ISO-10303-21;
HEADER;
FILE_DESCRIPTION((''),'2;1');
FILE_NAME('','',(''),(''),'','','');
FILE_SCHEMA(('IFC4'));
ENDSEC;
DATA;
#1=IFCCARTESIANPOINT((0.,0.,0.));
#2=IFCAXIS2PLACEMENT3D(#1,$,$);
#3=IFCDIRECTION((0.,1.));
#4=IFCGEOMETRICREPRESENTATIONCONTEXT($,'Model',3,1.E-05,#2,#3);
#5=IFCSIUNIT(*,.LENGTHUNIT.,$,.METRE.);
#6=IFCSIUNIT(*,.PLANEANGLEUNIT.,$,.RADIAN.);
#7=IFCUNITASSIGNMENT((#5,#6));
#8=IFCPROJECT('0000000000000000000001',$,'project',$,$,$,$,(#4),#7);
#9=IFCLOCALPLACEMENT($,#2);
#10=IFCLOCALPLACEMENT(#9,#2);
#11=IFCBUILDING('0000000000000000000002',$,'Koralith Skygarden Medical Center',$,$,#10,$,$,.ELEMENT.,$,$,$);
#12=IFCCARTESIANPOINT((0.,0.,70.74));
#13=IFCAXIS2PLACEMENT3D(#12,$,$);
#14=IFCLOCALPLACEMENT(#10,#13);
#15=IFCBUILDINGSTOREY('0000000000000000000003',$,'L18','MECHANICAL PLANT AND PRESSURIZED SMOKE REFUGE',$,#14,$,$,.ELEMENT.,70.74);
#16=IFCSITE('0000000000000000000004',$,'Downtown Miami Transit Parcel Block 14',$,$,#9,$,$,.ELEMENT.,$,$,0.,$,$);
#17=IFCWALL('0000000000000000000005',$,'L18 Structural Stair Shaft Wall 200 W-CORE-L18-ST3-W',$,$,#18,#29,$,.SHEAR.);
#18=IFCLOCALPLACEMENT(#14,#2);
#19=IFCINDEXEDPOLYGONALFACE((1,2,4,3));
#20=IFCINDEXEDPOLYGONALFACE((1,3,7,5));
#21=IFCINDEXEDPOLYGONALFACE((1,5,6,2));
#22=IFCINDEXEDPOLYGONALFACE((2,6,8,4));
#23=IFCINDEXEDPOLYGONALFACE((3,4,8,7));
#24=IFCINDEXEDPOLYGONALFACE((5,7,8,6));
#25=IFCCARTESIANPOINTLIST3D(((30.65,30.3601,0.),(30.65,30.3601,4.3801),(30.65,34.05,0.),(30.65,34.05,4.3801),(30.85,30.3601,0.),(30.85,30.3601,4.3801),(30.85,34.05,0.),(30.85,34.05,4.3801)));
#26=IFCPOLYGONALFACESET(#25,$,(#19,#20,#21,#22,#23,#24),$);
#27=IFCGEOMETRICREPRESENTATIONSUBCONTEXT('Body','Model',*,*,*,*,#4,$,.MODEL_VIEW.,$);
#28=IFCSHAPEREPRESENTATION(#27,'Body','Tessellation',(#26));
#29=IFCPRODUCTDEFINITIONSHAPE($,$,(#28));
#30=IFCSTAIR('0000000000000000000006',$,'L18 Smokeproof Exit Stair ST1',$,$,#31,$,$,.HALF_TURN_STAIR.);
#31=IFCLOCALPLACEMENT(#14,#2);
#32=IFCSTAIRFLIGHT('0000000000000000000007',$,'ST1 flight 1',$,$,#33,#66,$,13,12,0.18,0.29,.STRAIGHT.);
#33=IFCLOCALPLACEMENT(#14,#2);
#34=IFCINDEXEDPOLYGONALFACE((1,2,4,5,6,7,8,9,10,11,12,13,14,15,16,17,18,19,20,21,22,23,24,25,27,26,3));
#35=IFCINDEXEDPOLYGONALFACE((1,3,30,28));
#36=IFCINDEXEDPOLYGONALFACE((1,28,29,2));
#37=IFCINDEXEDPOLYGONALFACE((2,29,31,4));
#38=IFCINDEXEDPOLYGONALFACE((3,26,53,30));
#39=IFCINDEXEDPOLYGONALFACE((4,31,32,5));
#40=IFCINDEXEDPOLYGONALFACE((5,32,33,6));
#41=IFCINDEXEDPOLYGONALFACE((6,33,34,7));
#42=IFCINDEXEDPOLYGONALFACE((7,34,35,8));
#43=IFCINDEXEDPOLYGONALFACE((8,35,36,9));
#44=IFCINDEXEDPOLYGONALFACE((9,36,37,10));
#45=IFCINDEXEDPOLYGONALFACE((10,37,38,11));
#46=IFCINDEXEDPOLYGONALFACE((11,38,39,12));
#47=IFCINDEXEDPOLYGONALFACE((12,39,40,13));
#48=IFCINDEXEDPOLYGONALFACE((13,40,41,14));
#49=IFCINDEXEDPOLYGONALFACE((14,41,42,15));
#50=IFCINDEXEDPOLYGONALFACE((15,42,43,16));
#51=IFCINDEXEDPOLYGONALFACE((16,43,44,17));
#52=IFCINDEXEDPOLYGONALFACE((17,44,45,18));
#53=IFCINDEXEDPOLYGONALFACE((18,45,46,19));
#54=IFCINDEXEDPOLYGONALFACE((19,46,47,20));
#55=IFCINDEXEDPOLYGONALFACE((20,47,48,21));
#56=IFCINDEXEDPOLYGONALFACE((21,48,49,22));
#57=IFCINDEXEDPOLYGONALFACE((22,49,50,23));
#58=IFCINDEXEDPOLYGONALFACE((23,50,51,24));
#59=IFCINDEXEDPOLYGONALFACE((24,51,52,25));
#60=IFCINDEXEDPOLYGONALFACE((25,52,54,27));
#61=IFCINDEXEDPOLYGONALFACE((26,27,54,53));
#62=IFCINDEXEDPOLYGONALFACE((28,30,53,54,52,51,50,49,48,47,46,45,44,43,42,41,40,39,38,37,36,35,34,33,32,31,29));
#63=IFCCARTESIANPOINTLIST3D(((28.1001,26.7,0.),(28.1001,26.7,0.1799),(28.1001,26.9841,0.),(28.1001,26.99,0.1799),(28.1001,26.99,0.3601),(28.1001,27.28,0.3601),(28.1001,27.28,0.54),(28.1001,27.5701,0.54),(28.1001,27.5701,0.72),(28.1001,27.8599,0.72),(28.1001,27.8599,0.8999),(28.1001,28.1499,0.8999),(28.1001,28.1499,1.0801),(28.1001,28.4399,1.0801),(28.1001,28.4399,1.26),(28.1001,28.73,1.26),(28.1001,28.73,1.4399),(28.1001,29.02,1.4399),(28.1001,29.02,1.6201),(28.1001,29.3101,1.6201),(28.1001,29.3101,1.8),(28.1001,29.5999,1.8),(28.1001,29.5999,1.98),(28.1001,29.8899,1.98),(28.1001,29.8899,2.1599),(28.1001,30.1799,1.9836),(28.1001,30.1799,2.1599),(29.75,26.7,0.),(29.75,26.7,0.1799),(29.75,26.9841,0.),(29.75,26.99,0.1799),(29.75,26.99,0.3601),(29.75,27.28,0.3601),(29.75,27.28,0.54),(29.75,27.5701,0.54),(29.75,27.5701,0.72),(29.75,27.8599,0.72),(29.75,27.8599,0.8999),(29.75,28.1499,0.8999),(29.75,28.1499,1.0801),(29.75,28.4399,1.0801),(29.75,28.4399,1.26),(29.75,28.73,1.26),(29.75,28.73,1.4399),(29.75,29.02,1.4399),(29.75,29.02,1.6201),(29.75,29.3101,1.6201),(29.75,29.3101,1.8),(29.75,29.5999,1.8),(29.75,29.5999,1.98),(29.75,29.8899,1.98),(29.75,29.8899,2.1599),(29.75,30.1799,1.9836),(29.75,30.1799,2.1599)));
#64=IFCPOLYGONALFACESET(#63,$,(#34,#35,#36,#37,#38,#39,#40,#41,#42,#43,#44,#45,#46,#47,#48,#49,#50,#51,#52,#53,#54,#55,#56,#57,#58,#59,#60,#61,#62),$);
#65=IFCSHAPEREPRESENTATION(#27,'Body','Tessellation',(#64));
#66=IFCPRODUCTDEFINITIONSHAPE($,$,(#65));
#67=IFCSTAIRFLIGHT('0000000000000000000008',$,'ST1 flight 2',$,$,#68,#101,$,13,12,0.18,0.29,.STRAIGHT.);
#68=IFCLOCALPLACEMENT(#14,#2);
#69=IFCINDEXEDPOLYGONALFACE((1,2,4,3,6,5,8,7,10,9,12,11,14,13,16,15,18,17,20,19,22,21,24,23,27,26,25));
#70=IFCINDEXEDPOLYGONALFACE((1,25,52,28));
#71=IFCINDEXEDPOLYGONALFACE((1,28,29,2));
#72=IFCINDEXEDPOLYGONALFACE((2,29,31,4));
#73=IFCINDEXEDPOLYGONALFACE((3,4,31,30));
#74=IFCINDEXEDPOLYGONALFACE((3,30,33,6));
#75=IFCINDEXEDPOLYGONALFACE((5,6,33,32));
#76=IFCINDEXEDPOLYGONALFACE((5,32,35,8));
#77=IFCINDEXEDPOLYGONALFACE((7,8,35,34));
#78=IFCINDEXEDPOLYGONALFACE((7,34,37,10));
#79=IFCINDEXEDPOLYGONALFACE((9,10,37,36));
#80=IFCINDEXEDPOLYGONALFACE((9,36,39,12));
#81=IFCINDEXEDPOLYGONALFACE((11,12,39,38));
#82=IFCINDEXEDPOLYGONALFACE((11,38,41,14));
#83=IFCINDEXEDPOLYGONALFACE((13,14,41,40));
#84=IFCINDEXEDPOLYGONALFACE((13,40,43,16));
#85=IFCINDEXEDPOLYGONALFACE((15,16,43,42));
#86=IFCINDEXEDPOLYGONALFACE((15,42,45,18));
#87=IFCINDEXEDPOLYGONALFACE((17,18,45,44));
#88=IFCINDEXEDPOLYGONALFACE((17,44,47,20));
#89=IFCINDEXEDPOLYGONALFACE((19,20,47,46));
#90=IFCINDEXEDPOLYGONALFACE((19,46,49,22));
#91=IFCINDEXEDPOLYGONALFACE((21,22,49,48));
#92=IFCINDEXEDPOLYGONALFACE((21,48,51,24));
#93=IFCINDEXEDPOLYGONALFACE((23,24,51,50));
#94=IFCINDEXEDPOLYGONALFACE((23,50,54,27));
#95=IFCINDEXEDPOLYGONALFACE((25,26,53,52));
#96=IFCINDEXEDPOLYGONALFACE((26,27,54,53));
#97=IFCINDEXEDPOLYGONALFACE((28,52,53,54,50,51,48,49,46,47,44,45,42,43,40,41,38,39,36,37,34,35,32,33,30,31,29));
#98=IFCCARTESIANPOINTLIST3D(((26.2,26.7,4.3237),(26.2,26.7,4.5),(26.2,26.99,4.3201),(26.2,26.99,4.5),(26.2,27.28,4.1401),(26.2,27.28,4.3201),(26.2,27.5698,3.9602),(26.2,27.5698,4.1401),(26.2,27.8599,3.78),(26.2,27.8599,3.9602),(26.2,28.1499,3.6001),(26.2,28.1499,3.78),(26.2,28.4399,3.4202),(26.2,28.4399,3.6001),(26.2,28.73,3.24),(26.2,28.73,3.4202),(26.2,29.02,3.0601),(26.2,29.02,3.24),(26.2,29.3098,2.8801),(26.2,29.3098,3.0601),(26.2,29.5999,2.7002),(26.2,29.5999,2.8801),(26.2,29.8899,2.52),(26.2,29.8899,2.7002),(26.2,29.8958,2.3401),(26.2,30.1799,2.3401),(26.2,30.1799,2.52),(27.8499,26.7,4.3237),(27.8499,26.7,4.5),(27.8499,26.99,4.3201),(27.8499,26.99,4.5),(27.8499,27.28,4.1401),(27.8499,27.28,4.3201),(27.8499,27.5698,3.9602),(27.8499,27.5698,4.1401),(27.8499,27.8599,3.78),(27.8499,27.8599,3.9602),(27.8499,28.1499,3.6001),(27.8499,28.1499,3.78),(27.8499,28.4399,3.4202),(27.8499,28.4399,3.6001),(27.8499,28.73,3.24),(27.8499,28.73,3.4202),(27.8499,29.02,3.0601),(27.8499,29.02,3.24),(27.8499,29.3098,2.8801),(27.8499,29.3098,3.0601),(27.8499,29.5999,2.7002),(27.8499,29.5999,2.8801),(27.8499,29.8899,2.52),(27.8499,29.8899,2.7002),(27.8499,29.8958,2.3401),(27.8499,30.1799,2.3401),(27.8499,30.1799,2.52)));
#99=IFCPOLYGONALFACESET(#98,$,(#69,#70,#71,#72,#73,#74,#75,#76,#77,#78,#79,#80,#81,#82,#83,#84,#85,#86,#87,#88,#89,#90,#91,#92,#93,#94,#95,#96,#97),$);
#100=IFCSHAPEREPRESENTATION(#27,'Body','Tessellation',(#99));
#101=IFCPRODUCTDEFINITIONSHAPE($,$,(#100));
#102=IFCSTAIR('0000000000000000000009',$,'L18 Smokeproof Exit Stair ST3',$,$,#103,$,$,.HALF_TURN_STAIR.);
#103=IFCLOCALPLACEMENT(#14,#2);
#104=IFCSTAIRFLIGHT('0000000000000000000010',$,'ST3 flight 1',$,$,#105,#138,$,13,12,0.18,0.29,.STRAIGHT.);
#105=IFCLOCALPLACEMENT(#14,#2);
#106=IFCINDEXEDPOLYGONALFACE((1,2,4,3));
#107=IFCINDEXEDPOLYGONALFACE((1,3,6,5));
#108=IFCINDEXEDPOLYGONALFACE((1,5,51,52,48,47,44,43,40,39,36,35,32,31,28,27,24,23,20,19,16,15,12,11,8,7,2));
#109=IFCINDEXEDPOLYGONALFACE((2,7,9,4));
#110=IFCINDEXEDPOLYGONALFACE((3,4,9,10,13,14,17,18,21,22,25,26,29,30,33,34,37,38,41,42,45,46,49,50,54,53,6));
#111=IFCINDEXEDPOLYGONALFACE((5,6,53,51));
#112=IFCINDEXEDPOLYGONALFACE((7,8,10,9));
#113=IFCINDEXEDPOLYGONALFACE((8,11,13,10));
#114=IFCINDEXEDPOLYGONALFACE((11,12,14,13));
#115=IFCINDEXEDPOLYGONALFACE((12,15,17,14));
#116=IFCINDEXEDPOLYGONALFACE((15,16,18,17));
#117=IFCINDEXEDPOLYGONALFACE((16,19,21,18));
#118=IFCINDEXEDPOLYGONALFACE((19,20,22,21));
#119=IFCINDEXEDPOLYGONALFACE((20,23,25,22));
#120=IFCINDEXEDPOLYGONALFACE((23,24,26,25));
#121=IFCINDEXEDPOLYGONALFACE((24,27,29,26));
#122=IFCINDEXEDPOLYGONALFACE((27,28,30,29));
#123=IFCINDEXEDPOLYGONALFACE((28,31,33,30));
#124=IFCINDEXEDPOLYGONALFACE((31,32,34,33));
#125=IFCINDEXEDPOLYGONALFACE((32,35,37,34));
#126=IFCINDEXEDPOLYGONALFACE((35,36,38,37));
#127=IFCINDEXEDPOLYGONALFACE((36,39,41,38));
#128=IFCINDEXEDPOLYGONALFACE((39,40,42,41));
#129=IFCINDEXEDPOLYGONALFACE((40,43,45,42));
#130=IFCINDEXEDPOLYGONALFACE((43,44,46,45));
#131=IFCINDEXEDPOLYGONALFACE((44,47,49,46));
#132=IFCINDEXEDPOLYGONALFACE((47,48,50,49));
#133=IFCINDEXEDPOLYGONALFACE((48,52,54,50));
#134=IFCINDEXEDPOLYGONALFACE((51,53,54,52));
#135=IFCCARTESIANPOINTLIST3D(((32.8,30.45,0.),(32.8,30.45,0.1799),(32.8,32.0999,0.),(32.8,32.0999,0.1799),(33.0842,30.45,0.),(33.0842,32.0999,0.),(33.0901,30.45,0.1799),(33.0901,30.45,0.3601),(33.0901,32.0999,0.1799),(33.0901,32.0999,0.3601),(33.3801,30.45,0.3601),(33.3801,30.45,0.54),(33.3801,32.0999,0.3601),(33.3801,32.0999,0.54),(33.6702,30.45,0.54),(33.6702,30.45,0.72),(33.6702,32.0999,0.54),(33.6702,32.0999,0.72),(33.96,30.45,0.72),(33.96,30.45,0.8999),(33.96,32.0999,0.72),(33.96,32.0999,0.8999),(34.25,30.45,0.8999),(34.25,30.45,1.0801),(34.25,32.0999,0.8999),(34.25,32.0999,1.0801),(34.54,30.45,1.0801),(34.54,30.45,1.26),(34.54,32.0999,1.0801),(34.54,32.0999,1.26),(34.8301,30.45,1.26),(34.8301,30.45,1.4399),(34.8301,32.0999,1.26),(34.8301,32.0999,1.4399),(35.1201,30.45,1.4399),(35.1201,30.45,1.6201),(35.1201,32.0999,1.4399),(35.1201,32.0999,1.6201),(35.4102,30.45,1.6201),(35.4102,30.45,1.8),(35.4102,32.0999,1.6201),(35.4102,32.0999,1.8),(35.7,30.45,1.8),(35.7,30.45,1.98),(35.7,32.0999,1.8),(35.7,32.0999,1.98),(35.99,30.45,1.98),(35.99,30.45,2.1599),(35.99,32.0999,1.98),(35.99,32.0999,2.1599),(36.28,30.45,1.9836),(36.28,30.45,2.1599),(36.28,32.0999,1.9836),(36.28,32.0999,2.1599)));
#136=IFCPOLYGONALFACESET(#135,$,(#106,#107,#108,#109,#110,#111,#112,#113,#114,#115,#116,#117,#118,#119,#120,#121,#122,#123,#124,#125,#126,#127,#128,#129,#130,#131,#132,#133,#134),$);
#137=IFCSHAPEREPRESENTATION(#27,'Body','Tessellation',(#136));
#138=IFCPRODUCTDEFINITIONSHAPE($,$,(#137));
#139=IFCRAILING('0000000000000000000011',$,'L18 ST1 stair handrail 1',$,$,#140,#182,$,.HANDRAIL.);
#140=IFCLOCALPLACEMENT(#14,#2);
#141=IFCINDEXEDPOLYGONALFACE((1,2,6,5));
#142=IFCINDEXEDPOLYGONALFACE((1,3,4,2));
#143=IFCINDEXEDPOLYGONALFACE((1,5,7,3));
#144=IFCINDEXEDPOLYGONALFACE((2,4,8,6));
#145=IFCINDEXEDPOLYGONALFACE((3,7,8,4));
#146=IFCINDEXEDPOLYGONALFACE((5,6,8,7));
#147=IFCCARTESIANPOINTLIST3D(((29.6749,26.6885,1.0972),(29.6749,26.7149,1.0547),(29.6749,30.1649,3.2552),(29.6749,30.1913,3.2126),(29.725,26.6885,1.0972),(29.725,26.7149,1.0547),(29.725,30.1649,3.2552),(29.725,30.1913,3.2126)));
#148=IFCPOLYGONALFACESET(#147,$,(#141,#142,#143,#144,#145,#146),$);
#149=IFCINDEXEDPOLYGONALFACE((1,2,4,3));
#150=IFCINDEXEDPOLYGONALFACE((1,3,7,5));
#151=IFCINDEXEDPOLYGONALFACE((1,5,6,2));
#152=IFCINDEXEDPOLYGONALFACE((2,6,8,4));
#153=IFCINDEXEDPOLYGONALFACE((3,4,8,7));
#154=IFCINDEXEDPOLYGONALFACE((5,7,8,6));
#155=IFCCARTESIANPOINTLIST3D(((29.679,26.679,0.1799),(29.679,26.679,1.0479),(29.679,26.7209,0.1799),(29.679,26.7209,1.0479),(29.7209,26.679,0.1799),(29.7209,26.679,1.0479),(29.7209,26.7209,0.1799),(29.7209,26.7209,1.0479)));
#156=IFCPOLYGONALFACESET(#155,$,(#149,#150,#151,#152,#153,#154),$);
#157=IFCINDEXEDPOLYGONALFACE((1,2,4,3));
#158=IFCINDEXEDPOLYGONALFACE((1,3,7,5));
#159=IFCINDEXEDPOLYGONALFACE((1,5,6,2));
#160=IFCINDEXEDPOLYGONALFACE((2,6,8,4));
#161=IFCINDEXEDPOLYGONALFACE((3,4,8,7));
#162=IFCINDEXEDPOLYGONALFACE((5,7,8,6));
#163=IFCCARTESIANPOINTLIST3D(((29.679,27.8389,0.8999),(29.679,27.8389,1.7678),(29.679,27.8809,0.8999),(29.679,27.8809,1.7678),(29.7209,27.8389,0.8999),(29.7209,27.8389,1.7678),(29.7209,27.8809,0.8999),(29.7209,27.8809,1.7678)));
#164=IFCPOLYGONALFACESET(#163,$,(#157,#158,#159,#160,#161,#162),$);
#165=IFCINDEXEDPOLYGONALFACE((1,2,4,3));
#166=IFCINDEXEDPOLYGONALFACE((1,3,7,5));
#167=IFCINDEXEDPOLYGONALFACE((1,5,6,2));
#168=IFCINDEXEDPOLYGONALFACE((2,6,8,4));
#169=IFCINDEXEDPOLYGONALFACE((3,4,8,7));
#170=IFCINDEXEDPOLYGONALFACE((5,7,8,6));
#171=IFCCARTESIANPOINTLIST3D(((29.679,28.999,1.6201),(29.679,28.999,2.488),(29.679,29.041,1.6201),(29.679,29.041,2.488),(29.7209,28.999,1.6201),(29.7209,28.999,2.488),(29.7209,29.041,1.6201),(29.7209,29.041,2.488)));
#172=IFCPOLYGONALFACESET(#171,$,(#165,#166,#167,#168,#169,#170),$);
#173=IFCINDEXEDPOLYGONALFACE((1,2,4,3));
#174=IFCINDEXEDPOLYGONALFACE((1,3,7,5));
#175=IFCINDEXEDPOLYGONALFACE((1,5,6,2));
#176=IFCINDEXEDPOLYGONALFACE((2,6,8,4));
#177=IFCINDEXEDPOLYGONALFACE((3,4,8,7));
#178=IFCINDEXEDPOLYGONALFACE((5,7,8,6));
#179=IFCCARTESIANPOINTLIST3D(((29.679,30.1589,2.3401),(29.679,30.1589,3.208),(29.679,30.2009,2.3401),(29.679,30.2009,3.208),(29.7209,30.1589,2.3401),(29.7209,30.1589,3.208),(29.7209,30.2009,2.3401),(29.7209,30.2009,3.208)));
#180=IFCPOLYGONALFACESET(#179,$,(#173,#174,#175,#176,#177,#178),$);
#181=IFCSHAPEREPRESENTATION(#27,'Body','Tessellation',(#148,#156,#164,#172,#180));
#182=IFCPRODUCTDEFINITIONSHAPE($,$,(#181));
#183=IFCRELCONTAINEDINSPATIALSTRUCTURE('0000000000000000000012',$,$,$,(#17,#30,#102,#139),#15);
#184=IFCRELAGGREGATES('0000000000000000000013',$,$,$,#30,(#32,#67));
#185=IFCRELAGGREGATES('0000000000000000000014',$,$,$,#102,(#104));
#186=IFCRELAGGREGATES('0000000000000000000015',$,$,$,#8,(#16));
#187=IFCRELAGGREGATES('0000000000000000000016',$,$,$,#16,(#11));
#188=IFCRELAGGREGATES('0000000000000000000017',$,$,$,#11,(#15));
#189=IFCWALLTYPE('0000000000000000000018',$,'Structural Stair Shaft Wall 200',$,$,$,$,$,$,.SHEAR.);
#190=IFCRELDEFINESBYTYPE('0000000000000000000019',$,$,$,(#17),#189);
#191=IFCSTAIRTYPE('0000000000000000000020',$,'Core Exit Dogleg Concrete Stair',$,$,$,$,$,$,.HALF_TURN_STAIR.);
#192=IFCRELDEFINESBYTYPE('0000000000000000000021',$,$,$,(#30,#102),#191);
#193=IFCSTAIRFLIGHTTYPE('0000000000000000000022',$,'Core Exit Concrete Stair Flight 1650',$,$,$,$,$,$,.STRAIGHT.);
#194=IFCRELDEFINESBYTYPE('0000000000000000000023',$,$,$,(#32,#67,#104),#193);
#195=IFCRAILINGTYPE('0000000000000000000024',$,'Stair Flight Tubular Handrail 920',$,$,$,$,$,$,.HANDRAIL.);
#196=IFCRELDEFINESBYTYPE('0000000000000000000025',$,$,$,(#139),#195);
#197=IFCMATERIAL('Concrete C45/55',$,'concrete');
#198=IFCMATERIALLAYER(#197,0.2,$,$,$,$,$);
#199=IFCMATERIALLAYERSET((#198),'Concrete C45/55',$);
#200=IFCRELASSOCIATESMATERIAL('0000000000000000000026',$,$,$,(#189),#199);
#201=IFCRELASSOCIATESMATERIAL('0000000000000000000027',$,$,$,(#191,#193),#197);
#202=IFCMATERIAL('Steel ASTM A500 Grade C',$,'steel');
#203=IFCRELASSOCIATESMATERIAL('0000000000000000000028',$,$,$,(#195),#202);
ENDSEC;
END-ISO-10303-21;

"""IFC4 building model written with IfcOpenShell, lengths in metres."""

from ifc_helpers import new_model, si_unit, direction, frame, frame_2d, origin, origin_2d, place, context, subcontext, project, spatial, polyline, rectangle, outline, extrude, material, layer, layer_set, type_object, element, aggregate, save


model = new_model("IFC4")

# Units and contexts
model_context = context("Model", 3, precision=1e-05, world=origin(), true_north=direction((0.0, 1.0)))
body_context = subcontext(model_context, "Body", "Model", "MODEL_VIEW")
ifc_project = project(units=[si_unit("LENGTHUNIT", "METRE"), si_unit("PLANEANGLEUNIT", "RADIAN")], contexts=[model_context])

# Site, building, storey
site_placement = place(None, origin())
site = spatial("IfcSite", under=ifc_project, at=site_placement, Name="Downtown Miami Transit Parcel Block 14", CompositionType="ELEMENT", RefElevation=0.0)
building_placement = place(site_placement, origin())
building = spatial("IfcBuilding", under=site, at=building_placement, Name="Koralith Skygarden Medical Center", CompositionType="ELEMENT")
storey_placement = place(building_placement, frame((0.0, 0.0, 70.74)))
storey = spatial("IfcBuildingStorey", under=building, at=storey_placement, Name="L18", Description="MECHANICAL PLANT AND PRESSURIZED SMOKE REFUGE", CompositionType="ELEMENT", Elevation=70.74)

# Shared definitions
ifc_material_1 = material(Name="Steel ASTM A500 Grade C", Category="steel")

# Shared definitions
ifc_material_2 = material(Name="Concrete C45/55", Category="concrete")

# Wall
ifc_layer_1 = layer(ifc_material_2, 0.2)
ifc_layer_set_1 = layer_set([ifc_layer_1], Name="Concrete C45/55")
wall_type_1 = type_object("IfcWallType", Name="Structural Stair Shaft Wall 200", PredefinedType="SHEAR", material=ifc_layer_set_1)
wall_1_placement = place(storey_placement, frame((30.75, 30.3601, 0.0), z_axis=(0.0, 0.0, 1.0), x_axis=(0.0, 1.0, 0.0)))
element("IfcWall", 1, at=wall_1_placement, inside=storey, type_object=wall_type_1, Name="L18 Structural Stair Shaft Wall 200 W-CORE-L18-ST3-W", PredefinedType="SHEAR", context=body_context, shape_type="SweptSolid", body=[
    extrude(rectangle(XDim=3.6899, YDim=0.2, at=frame_2d((1.845, 0.0))), origin(), (0.0, 0.0, 1.0), 4.3801),
])

# Stair, stair flights
stair_type = type_object("IfcStairType", Name="Core Exit Dogleg Concrete Stair", PredefinedType="HALF_TURN_STAIR", material=ifc_material_2)
stair_1_placement = place(storey_placement, origin())
stair_1 = element("IfcStair", 2, at=stair_1_placement, inside=storey, type_object=stair_type, Name="L18 Smokeproof Exit Stair ST1", PredefinedType="HALF_TURN_STAIR")
stair_flight_type = type_object("IfcStairFlightType", Name="Core Exit Concrete Stair Flight 1650", PredefinedType="STRAIGHT", material=ifc_material_2)
stair_flight_1_placement = place(storey_placement, frame((28.925, 26.7, 0.0), z_axis=(0.0, 0.0, 1.0), x_axis=(0.0, 1.0, 0.0)))
stair_flight_1 = element("IfcStairFlight", 3, at=stair_flight_1_placement, type_object=stair_flight_type, Name="ST1 flight 1", NumberOfRisers=13, NumberOfTreads=12, PredefinedType="STRAIGHT", RiserHeight=0.18, TreadLength=0.29, context=body_context, shape_type="SweptSolid", body=[
    extrude(outline(polyline([(0.0, 0.0), (0.0, 0.1799), (0.29, 0.1799), (0.29, 0.3601), (0.5801, 0.3601), (0.5801, 0.54), (0.8701, 0.54), (0.8701, 0.72), (1.1599, 0.72), (1.1599, 0.8999), (1.45, 0.8999), (1.45, 1.0801), (1.74, 1.0801), (1.74, 1.26), (2.03, 1.26), (2.03, 1.4399), (2.3201, 1.4399), (2.3201, 1.6201), (2.6101, 1.6201), (2.6101, 1.8), (2.8999, 1.8), (2.8999, 1.98), (3.1899, 1.98), (3.1899, 2.1599), (3.48, 2.1599), (3.48, 2.3401), (3.48, 1.9836), (0.2842, 0.0), (0.0, 0.0)])), frame((0.0, 0.825, 0.0), z_axis=(0.0, -1.0, 0.0), x_axis=(1.0, 0.0, 0.0)), (0.0, 0.0, 1.0), 1.6499),
])
stair_flight_2_placement = place(storey_placement, frame((27.0249, 30.1799, 2.3401), z_axis=(0.0, 0.0, 1.0), x_axis=(0.0, -1.0, 0.0)))
stair_flight_2 = element("IfcStairFlight", 4, at=stair_flight_2_placement, type_object=stair_flight_type, Name="ST1 flight 2", NumberOfRisers=13, NumberOfTreads=12, PredefinedType="STRAIGHT", RiserHeight=0.18, TreadLength=0.29, context=body_context, shape_type="SweptSolid", body=[
    extrude(outline(polyline([(0.0, 0.0), (0.0, 0.1799), (0.29, 0.1799), (0.29, 0.3601), (0.5801, 0.3601), (0.5801, 0.54), (0.8701, 0.54), (0.8701, 0.72), (1.1599, 0.72), (1.1599, 0.8999), (1.45, 0.8999), (1.45, 1.0801), (1.74, 1.0801), (1.74, 1.26), (2.03, 1.26), (2.03, 1.4399), (2.3201, 1.4399), (2.3201, 1.6201), (2.6101, 1.6201), (2.6101, 1.8), (2.8999, 1.8), (2.8999, 1.98), (3.1899, 1.98), (3.1899, 2.1599), (3.48, 2.1599), (3.48, 2.3401), (3.48, 1.9836), (0.2842, 0.0), (0.0, 0.0)])), frame((0.0, 0.825, 0.0), z_axis=(0.0, -1.0, 0.0), x_axis=(1.0, 0.0, 0.0)), (0.0, 0.0, 1.0), 1.6499),
])
aggregate(stair_1, [stair_flight_1, stair_flight_2])

# Stair, stair flight
stair_2_placement = place(storey_placement, origin())
stair_2 = element("IfcStair", 5, at=stair_2_placement, inside=storey, type_object=stair_type, Name="L18 Smokeproof Exit Stair ST3", PredefinedType="HALF_TURN_STAIR")
stair_flight_3_placement = place(storey_placement, frame((32.8, 31.2749, 0.0), z_axis=(0.0, 0.0, 1.0), x_axis=(1.0, 0.0, 0.0)))
stair_flight_3 = element("IfcStairFlight", 6, at=stair_flight_3_placement, type_object=stair_flight_type, Name="ST3 flight 1", NumberOfRisers=13, NumberOfTreads=12, PredefinedType="STRAIGHT", RiserHeight=0.18, TreadLength=0.29, context=body_context, shape_type="SweptSolid", body=[
    extrude(outline(polyline([(0.0, 0.0), (0.0, 0.1799), (0.29, 0.1799), (0.29, 0.3601), (0.5801, 0.3601), (0.5801, 0.54), (0.8701, 0.54), (0.8701, 0.72), (1.1599, 0.72), (1.1599, 0.8999), (1.45, 0.8999), (1.45, 1.0801), (1.74, 1.0801), (1.74, 1.26), (2.03, 1.26), (2.03, 1.4399), (2.3201, 1.4399), (2.3201, 1.6201), (2.6101, 1.6201), (2.6101, 1.8), (2.8999, 1.8), (2.8999, 1.98), (3.1899, 1.98), (3.1899, 2.1599), (3.48, 2.1599), (3.48, 2.3401), (3.48, 1.9836), (0.2842, 0.0), (0.0, 0.0)])), frame((0.0, 0.825, 0.0), z_axis=(0.0, -1.0, 0.0), x_axis=(1.0, 0.0, 0.0)), (0.0, 0.0, 1.0), 1.6499),
])
aggregate(stair_2, [stair_flight_3])

# Railing
railing_type_1 = type_object("IfcRailingType", Name="Stair Flight Tubular Handrail 920", PredefinedType="HANDRAIL", material=ifc_material_1)
railing_1_placement = place(storey_placement, frame((29.7, 26.7, 0.1799)))
element("IfcRailing", 7, at=railing_1_placement, inside=storey, type_object=railing_type_1, Name="L18 ST1 stair handrail 1", PredefinedType="HANDRAIL", context=body_context, shape_type="SweptSolid", body=[
    extrude(rectangle(XDim=0.05, YDim=0.05, at=origin_2d()), frame((0.0, 0.0017, 0.896), z_axis=(0.0, 0.849622, 0.527393), x_axis=(-1.0, 0.0, 0.0)), (0.0, 0.0, 1.0), 4.0918),
    extrude(rectangle(XDim=0.042, YDim=0.042, at=origin_2d()), origin(), (0.0, 0.0, 1.0), 0.8679),
    extrude(rectangle(XDim=0.042, YDim=0.042, at=origin_2d()), frame((0.0, 1.1599, 0.72)), (0.0, 0.0, 1.0), 0.8679),
    extrude(rectangle(XDim=0.042, YDim=0.042, at=origin_2d()), frame((0.0, 2.3201, 1.4402)), (0.0, 0.0, 1.0), 0.8679),
    extrude(rectangle(XDim=0.042, YDim=0.042, at=origin_2d()), frame((0.0, 3.48, 2.1602)), (0.0, 0.0, 1.0), 0.8679),
])

save(model, "model.ifc")
